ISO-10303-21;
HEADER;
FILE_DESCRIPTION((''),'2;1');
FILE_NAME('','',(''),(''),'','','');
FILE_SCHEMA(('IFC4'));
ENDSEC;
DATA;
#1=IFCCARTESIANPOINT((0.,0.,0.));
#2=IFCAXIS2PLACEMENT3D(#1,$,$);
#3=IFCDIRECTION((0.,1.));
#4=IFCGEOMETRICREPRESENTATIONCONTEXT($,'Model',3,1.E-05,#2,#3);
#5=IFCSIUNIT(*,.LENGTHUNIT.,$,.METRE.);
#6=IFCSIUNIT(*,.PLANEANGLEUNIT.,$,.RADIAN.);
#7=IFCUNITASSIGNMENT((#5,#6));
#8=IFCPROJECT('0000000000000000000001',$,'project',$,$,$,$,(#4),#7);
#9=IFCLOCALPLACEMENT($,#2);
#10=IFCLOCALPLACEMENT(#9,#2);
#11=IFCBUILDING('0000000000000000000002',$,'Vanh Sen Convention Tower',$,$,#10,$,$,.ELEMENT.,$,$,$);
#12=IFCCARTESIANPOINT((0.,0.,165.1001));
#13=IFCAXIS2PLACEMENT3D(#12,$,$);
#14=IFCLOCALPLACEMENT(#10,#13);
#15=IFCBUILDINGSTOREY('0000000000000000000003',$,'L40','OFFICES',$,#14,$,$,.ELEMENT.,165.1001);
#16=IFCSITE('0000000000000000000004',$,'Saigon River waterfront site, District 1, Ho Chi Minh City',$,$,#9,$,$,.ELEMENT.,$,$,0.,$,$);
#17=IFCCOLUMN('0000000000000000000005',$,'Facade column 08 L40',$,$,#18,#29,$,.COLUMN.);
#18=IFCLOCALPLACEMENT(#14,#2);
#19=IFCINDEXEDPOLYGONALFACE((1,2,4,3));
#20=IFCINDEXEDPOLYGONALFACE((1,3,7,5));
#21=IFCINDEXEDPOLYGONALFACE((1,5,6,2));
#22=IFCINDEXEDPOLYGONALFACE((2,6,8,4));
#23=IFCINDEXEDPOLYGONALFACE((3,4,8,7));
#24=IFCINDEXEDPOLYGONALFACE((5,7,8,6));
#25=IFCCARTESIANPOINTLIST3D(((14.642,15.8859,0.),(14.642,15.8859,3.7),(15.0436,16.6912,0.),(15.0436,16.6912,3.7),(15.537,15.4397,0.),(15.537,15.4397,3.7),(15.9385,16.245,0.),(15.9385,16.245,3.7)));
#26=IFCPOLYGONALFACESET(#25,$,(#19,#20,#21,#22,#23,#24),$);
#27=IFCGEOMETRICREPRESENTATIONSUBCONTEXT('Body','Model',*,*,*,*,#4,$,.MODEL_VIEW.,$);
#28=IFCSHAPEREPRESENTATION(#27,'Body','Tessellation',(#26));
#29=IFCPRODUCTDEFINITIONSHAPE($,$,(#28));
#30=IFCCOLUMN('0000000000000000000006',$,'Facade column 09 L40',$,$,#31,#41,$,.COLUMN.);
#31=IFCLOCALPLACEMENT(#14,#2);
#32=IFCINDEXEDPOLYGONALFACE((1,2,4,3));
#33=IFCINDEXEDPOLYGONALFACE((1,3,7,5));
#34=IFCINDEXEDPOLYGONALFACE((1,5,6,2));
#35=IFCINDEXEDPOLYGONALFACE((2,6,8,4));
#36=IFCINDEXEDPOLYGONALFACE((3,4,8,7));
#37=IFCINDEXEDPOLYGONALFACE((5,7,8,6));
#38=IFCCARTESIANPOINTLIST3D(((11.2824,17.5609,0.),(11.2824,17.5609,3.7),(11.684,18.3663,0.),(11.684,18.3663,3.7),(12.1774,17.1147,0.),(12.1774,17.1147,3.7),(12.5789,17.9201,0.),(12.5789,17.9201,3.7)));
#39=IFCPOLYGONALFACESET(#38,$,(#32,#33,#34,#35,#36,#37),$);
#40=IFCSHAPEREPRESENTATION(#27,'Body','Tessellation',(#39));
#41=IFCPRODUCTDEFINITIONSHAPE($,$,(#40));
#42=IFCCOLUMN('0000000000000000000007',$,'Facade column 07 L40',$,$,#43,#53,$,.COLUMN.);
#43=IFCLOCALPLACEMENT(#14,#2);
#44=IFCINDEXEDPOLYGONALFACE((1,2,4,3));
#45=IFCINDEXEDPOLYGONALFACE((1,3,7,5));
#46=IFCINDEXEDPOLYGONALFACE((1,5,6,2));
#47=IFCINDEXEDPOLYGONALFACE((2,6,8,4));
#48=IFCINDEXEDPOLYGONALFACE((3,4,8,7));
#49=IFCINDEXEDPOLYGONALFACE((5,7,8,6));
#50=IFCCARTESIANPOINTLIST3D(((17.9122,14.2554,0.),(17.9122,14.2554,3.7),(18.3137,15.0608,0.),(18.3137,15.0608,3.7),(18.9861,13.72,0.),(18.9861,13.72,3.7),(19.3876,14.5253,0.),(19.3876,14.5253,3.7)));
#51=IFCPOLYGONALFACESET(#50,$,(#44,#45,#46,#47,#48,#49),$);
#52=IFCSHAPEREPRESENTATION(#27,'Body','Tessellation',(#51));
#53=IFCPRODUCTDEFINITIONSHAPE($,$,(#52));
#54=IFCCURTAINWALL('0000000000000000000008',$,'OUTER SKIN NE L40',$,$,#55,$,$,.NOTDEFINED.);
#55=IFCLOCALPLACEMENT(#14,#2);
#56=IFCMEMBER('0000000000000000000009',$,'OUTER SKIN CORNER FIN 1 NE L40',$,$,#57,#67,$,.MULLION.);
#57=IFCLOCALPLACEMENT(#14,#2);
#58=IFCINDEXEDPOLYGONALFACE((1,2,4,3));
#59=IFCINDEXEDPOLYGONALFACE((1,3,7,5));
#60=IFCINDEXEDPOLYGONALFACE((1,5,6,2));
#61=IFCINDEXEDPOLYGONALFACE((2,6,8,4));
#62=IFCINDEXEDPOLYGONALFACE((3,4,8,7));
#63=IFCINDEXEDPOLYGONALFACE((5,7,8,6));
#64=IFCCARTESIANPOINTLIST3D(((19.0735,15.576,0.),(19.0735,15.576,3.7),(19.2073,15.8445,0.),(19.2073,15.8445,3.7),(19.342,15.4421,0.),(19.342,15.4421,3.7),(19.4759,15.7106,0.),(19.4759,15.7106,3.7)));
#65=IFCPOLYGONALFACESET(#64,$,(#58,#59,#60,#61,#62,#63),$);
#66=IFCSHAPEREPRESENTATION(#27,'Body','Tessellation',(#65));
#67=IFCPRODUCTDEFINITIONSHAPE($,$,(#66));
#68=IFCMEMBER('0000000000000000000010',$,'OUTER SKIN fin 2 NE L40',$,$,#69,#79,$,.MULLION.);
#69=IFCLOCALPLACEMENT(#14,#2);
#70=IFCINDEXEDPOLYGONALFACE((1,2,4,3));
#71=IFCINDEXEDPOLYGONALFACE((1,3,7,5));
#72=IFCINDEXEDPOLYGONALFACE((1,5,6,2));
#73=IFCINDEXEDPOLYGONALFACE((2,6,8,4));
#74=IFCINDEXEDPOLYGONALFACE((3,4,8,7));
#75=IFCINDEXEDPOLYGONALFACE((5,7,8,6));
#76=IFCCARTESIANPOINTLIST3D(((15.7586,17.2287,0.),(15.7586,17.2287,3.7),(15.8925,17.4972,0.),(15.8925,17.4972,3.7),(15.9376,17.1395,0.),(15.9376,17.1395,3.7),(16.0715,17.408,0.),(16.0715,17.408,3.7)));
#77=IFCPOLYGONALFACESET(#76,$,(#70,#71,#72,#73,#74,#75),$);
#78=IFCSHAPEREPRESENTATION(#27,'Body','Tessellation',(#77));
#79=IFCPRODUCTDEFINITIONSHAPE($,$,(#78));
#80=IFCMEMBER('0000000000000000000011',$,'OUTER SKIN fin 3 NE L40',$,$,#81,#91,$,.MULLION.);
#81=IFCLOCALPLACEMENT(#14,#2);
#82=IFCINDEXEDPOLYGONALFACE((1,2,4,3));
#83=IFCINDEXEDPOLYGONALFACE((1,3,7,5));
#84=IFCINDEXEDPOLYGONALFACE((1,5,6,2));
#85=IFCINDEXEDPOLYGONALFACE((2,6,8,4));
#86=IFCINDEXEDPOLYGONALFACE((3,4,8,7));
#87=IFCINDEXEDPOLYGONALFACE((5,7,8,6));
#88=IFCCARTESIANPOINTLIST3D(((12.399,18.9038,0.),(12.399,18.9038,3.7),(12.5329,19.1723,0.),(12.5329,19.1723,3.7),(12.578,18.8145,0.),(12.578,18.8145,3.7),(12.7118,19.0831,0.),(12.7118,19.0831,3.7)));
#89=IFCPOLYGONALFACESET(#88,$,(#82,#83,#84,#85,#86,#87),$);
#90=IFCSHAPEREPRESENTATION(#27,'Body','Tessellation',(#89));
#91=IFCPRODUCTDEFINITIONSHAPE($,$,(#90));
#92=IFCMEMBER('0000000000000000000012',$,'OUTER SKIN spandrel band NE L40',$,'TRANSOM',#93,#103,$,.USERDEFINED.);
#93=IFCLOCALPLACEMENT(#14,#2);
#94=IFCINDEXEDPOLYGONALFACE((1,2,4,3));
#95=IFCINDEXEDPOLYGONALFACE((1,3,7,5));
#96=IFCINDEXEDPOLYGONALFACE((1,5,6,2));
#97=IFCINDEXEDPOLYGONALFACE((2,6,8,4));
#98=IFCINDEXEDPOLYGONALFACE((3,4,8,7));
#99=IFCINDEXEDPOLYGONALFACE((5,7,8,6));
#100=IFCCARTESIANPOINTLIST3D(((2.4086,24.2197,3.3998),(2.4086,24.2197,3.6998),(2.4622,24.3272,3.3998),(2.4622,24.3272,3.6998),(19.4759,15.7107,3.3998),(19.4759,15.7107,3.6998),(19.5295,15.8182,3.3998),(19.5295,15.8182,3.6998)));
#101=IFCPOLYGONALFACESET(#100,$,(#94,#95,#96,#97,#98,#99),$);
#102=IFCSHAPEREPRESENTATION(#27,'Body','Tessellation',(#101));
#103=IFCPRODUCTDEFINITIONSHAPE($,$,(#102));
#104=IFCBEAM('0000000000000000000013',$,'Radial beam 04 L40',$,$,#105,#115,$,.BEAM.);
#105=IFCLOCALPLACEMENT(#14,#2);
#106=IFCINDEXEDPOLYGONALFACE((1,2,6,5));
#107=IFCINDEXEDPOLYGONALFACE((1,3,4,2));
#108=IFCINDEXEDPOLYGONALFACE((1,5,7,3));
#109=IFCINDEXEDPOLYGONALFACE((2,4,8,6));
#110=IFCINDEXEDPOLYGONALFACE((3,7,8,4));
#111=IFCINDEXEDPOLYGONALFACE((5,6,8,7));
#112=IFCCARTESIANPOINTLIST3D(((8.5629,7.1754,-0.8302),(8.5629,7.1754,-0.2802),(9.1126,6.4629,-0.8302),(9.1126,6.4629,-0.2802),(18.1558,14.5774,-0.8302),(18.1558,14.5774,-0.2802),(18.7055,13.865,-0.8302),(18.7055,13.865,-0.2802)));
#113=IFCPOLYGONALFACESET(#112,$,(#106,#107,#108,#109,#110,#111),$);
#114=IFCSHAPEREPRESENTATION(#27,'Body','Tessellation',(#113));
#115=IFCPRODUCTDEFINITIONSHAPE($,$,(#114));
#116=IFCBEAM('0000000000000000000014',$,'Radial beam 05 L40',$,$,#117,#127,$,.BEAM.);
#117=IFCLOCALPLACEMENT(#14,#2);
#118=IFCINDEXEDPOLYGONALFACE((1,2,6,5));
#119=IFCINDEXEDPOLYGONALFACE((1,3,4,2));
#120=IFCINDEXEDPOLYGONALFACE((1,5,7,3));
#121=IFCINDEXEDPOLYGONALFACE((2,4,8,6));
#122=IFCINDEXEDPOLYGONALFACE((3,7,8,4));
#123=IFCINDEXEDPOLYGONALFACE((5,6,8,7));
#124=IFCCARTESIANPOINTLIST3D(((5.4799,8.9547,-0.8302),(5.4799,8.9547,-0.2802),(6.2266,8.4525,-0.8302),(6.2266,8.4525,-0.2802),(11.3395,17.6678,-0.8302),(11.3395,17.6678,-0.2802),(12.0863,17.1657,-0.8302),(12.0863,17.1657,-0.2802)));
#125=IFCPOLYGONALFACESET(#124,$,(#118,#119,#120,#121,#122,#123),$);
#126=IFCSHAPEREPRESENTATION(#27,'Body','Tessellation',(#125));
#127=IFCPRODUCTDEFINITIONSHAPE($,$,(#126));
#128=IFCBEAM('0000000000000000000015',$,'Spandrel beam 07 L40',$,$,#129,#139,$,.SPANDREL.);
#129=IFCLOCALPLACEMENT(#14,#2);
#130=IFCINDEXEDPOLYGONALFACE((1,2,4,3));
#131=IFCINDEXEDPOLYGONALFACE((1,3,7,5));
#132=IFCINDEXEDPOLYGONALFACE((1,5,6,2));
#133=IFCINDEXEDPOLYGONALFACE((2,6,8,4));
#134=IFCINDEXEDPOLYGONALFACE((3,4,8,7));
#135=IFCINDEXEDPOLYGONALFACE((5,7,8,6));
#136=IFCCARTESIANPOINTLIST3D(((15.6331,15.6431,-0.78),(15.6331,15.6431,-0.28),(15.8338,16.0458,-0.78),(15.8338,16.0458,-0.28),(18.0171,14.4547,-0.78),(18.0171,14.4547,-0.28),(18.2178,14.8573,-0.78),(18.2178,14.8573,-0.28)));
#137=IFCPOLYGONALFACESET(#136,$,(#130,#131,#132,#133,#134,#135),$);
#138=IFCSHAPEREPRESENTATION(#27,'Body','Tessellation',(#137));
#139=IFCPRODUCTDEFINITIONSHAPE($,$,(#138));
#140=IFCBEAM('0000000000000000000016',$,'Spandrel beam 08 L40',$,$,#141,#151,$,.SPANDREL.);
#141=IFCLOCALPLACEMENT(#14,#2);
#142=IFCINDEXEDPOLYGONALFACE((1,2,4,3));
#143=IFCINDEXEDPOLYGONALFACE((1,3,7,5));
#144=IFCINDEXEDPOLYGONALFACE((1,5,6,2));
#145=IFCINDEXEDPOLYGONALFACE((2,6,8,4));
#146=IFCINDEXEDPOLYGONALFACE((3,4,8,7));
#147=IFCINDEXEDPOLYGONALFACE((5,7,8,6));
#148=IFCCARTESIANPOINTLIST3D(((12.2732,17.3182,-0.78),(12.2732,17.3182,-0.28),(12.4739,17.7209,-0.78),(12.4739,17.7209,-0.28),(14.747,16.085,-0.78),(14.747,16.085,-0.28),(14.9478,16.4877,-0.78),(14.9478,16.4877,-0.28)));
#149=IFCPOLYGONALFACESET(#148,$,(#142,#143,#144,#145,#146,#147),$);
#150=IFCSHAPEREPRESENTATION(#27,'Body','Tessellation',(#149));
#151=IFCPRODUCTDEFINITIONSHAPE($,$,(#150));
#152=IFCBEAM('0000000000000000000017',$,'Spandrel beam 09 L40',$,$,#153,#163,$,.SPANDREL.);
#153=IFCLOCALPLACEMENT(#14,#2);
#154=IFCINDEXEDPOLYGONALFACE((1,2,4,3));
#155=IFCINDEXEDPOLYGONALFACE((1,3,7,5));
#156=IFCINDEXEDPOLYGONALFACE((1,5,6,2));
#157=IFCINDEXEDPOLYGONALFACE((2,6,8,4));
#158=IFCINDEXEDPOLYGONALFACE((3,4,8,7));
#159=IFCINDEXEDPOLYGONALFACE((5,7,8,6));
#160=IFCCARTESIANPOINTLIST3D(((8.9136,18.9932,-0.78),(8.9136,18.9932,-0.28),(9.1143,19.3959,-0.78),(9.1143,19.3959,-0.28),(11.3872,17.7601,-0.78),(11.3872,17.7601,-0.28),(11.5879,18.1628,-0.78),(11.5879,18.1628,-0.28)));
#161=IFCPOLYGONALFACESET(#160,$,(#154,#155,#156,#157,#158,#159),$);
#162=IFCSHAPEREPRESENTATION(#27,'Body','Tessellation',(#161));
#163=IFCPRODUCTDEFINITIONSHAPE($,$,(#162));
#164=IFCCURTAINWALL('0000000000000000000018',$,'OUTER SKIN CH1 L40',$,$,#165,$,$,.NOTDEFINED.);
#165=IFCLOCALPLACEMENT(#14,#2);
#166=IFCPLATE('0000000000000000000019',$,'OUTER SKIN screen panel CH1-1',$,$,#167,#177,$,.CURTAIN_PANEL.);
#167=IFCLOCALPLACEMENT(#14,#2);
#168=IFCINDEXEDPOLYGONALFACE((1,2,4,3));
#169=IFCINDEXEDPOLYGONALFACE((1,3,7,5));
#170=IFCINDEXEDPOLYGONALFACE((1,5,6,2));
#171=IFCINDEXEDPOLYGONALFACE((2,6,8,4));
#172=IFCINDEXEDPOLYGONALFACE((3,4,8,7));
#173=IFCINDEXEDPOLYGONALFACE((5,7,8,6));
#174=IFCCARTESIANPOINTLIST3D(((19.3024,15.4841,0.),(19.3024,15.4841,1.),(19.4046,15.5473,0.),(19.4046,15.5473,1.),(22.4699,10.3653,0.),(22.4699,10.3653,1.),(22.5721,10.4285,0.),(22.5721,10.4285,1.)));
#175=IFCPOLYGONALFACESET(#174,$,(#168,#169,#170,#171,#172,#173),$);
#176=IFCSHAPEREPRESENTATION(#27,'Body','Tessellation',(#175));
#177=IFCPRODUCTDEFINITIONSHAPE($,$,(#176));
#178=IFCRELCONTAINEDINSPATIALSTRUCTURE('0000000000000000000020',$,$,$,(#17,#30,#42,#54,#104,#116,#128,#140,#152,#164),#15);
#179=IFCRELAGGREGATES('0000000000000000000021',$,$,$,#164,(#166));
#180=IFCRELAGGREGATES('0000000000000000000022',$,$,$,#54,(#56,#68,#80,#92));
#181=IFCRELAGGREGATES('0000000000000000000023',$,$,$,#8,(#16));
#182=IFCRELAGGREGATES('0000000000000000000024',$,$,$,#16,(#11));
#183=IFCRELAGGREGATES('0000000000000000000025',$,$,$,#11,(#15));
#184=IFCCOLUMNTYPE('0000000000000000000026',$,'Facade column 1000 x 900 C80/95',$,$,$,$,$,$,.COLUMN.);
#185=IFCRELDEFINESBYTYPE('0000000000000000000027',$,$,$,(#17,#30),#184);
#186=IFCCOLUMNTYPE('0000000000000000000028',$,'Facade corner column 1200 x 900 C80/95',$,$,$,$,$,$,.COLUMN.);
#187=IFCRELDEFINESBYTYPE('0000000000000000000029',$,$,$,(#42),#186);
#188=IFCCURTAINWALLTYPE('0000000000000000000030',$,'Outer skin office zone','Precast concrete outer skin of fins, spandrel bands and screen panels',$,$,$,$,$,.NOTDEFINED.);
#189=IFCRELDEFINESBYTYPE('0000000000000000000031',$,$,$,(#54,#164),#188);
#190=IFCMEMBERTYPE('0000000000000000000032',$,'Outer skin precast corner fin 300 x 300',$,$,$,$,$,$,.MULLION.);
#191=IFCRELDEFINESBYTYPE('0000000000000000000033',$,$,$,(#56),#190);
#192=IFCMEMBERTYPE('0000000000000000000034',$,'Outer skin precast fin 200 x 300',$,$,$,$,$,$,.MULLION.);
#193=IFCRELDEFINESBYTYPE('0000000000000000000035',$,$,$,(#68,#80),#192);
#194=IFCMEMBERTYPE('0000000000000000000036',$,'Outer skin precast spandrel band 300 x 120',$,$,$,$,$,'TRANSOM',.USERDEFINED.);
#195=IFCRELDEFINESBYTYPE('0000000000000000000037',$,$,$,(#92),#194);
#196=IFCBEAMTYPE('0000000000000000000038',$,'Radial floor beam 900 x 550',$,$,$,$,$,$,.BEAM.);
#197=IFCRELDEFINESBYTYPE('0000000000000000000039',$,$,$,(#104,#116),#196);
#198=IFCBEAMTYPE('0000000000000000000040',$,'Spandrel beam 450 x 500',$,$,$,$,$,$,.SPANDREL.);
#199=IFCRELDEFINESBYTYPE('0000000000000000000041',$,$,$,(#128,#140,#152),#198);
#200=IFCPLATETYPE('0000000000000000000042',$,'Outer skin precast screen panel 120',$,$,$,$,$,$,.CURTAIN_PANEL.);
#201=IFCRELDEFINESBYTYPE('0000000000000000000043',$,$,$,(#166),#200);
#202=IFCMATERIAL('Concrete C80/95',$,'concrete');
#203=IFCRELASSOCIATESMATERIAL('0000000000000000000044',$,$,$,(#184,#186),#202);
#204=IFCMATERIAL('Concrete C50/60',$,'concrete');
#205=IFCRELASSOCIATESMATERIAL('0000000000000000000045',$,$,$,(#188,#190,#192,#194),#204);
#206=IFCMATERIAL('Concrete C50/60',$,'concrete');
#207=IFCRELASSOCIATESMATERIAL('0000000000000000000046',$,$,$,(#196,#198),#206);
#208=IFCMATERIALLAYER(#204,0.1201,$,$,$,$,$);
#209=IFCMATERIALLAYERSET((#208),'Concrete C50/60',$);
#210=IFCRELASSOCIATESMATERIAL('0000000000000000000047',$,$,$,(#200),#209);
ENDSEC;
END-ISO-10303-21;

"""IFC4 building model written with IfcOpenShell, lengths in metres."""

from ifc_helpers import new_model, si_unit, direction, frame, origin, origin_2d, place, context, subcontext, project, spatial, rectangle, extrude, material, layer, layer_set, material_profile, profile_set, type_object, element, aggregate, save


model = new_model("IFC4")

# Units and contexts
model_context = context("Model", 3, precision=1e-05, world=origin(), true_north=direction((0.0, 1.0)))
body_context = subcontext(model_context, "Body", "Model", "MODEL_VIEW")
ifc_project = project(units=[si_unit("LENGTHUNIT", "METRE"), si_unit("PLANEANGLEUNIT", "RADIAN")], contexts=[model_context])

# Site, building, storey
site_placement = place(None, origin())
site = spatial("IfcSite", under=ifc_project, at=site_placement, Name="Saigon River waterfront site, District 1, Ho Chi Minh City", CompositionType="ELEMENT", RefElevation=0.0)
building_placement = place(site_placement, origin())
building = spatial("IfcBuilding", under=site, at=building_placement, Name="Vanh Sen Convention Tower", CompositionType="ELEMENT")
storey_placement = place(building_placement, frame((0.0, 0.0, 165.1001)))
storey = spatial("IfcBuildingStorey", under=building, at=storey_placement, Name="L40", Description="OFFICES", CompositionType="ELEMENT", Elevation=165.1001)

# Columns
ifc_material_1 = material(Name="Concrete C80/95", Category="concrete")
ifc_material_profile_1 = material_profile(ifc_material_1, rectangle(XDim=1.0, YDim=0.8999, at=origin_2d()), Name="RC 1000X900")
ifc_profile_set_1 = profile_set([ifc_material_profile_1], Name="Concrete C80/95")
column_type_1 = type_object("IfcColumnType", Name="Facade column 1000 x 900 C80/95", PredefinedType="COLUMN", material=ifc_profile_set_1)
for number, where, z_axis, x_axis, name in (
    (1, (15.2903, 16.0654, 0.0), (0.0, 0.0, 1.0), (-0.894934, 0.446198, 0.0), "Facade column 08 L40"),
    (2, (11.9307, 17.7405, 0.0), (0.0, 0.0, 1.0), (-0.894934, 0.446198, 0.0), "Facade column 09 L40"),
):
    element("IfcColumn", number, at=place(storey_placement, frame(where, z_axis=z_axis, x_axis=x_axis)), inside=storey, type_object=column_type_1, Name=name, PredefinedType="COLUMN", context=body_context, shape_type="SweptSolid", body=[
        extrude(rectangle(XDim=1.0, YDim=0.8999, at=origin_2d()), origin(), (0.0, 0.0, 1.0), 3.7),
    ])
ifc_material_profile_2 = material_profile(ifc_material_1, rectangle(XDim=1.2, YDim=0.8999, at=origin_2d()), Name="RC 1200X900")
ifc_profile_set_2 = profile_set([ifc_material_profile_2], Name="Concrete C80/95")
column_type_2 = type_object("IfcColumnType", Name="Facade corner column 1200 x 900 C80/95", PredefinedType="COLUMN", material=ifc_profile_set_2)
column_placement = place(storey_placement, frame((18.6499, 14.3904, 0.0), z_axis=(0.0, 0.0, 1.0), x_axis=(-0.894934, 0.446198, 0.0)))
element("IfcColumn", 3, at=column_placement, inside=storey, type_object=column_type_2, Name="Facade column 07 L40", PredefinedType="COLUMN", context=body_context, shape_type="SweptSolid", body=[
    extrude(rectangle(XDim=1.2, YDim=0.8999, at=origin_2d()), origin(), (0.0, 0.0, 1.0), 3.7),
])

# Curtain wall, members
ifc_material_2 = material(Name="Concrete C50/60", Category="concrete")
curtain_wall_type = type_object("IfcCurtainWallType", Name="Outer skin office zone", Description="Precast concrete outer skin of fins, spandrel bands and screen panels", PredefinedType="NOTDEFINED", material=ifc_material_2)
curtain_wall_1_placement = place(storey_placement, origin())
curtain_wall_1 = element("IfcCurtainWall", 4, at=curtain_wall_1_placement, inside=storey, type_object=curtain_wall_type, Name="OUTER SKIN NE L40", PredefinedType="NOTDEFINED")
ifc_material_profile_3 = material_profile(ifc_material_2, rectangle(XDim=0.3, YDim=0.3, at=origin_2d()), Name="Outer skin precast corner fin 300 x 300")
ifc_profile_set_3 = profile_set([ifc_material_profile_3], Name="Concrete C50/60")
member_type_1 = type_object("IfcMemberType", Name="Outer skin precast corner fin 300 x 300", PredefinedType="MULLION", material=ifc_profile_set_3)
member_1_placement = place(storey_placement, frame((19.2747, 15.6433, 0.0), z_axis=(0.0, 0.0, 1.0), x_axis=(-0.894934, 0.446198, 0.0)))
member_1 = element("IfcMember", 5, at=member_1_placement, type_object=member_type_1, Name="OUTER SKIN CORNER FIN 1 NE L40", PredefinedType="MULLION", context=body_context, shape_type="SweptSolid", body=[
    extrude(rectangle(XDim=0.3, YDim=0.3, at=origin_2d()), origin(), (0.0, 0.0, 1.0), 3.7),
])
ifc_material_profile_4 = material_profile(ifc_material_2, rectangle(XDim=0.2, YDim=0.3, at=origin_2d()), Name="Outer skin precast fin 200 x 300")
ifc_profile_set_4 = profile_set([ifc_material_profile_4], Name="Concrete C50/60")
member_type_2 = type_object("IfcMemberType", Name="Outer skin precast fin 200 x 300", PredefinedType="MULLION", material=ifc_profile_set_4)
member_2_placement = place(storey_placement, frame((15.915, 17.3184, 0.0), z_axis=(0.0, 0.0, 1.0), x_axis=(-0.894934, 0.446198, 0.0)))
member_2 = element("IfcMember", 6, at=member_2_placement, type_object=member_type_2, Name="OUTER SKIN fin 2 NE L40", PredefinedType="MULLION", context=body_context, shape_type="SweptSolid", body=[
    extrude(rectangle(XDim=0.2, YDim=0.3, at=origin_2d()), origin(), (0.0, 0.0, 1.0), 3.7),
])
member_3_placement = place(storey_placement, frame((12.5554, 18.9934, 0.0), z_axis=(0.0, 0.0, 1.0), x_axis=(-0.894934, 0.446198, 0.0)))
member_3 = element("IfcMember", 7, at=member_3_placement, type_object=member_type_2, Name="OUTER SKIN fin 3 NE L40", PredefinedType="MULLION", context=body_context, shape_type="SweptSolid", body=[
    extrude(rectangle(XDim=0.2, YDim=0.3, at=origin_2d()), origin(), (0.0, 0.0, 1.0), 3.7),
])
ifc_material_profile_5 = material_profile(ifc_material_2, rectangle(XDim=0.1201, YDim=0.3, at=origin_2d()), Name="Outer skin precast spandrel band 300 x 120")
ifc_profile_set_5 = profile_set([ifc_material_profile_5], Name="Concrete C50/60")
member_type_3 = type_object("IfcMemberType", Name="Outer skin precast spandrel band 300 x 120", ElementType="TRANSOM", PredefinedType="USERDEFINED", material=ifc_profile_set_5)
member_4_placement = place(storey_placement, frame((19.5027, 15.7644, 3.5498), z_axis=(-0.894941, 0.446184, 0.0), x_axis=(-0.446184, -0.894941, 0.0)))
member_4 = element("IfcMember", 8, at=member_4_placement, type_object=member_type_3, Name="OUTER SKIN spandrel band NE L40", ObjectType="TRANSOM", PredefinedType="USERDEFINED", context=body_context, shape_type="SweptSolid", body=[
    extrude(rectangle(XDim=0.1201, YDim=0.3, at=origin_2d()), origin(), (0.0, 0.0, 1.0), 19.0708),
])

# Beams
ifc_material_3 = material(Name="Concrete C50/60", Category="concrete")
ifc_material_profile_6 = material_profile(ifc_material_3, rectangle(XDim=0.8999, YDim=0.55, at=origin_2d()), Name="RC 900X550")
ifc_profile_set_6 = profile_set([ifc_material_profile_6], Name="Concrete C50/60")
beam_type_1 = type_object("IfcBeamType", Name="Radial floor beam 900 x 550", PredefinedType="BEAM", material=ifc_profile_set_6)
beam_1_placement = place(storey_placement, frame((18.4307, 14.2212, -0.5552), z_axis=(-0.791712, -0.610895, 0.0), x_axis=(0.610895, -0.791712, 0.0)))
element("IfcBeam", 9, at=beam_1_placement, inside=storey, type_object=beam_type_1, Name="Radial beam 04 L40", PredefinedType="BEAM", context=body_context, shape_type="SweptSolid", body=[
    extrude(rectangle(XDim=0.8999, YDim=0.55, at=origin_2d()), origin(), (0.0, 0.0, 1.0), 12.1167),
])
beam_2_placement = place(storey_placement, frame((11.7129, 17.4167, -0.5552), z_axis=(-0.558049, -0.829808, 0.0), x_axis=(0.829808, -0.558049, 0.0)))
element("IfcBeam", 10, at=beam_2_placement, inside=storey, type_object=beam_type_1, Name="Radial beam 05 L40", PredefinedType="BEAM", context=body_context, shape_type="SweptSolid", body=[
    extrude(rectangle(XDim=0.8999, YDim=0.55, at=origin_2d()), origin(), (0.0, 0.0, 1.0), 10.5002),
])
ifc_material_profile_7 = material_profile(ifc_material_3, rectangle(XDim=0.45, YDim=0.5, at=origin_2d()), Name="RC 450X500")
ifc_profile_set_7 = profile_set([ifc_material_profile_7], Name="Concrete C50/60")
beam_type_2 = type_object("IfcBeamType", Name="Spandrel beam 450 x 500", PredefinedType="SPANDREL", material=ifc_profile_set_7)
beam_3_placement = place(storey_placement, frame((18.1174, 14.656, -0.53), z_axis=(-0.894958, 0.44615, 0.0), x_axis=(-0.44615, -0.894958, 0.0)))
element("IfcBeam", 11, at=beam_3_placement, inside=storey, type_object=beam_type_2, Name="Spandrel beam 07 L40", PredefinedType="SPANDREL", context=body_context, shape_type="SweptSolid", body=[
    extrude(rectangle(XDim=0.45, YDim=0.5, at=origin_2d()), origin(), (0.0, 0.0, 1.0), 2.6638),
])
beam_4_placement = place(storey_placement, frame((14.8474, 16.2864, -0.53), z_axis=(-0.894974, 0.446118, 0.0), x_axis=(-0.446118, -0.894974, 0.0)))
element("IfcBeam", 12, at=beam_4_placement, inside=storey, type_object=beam_type_2, Name="Spandrel beam 08 L40", PredefinedType="SPANDREL", context=body_context, shape_type="SweptSolid", body=[
    extrude(rectangle(XDim=0.45, YDim=0.5, at=origin_2d()), origin(), (0.0, 0.0, 1.0), 2.7642),
])
beam_5_placement = place(storey_placement, frame((11.4875, 17.9614, -0.53), z_axis=(-0.894957, 0.446153, 0.0), x_axis=(-0.446153, -0.894957, 0.0)))
element("IfcBeam", 13, at=beam_5_placement, inside=storey, type_object=beam_type_2, Name="Spandrel beam 09 L40", PredefinedType="SPANDREL", context=body_context, shape_type="SweptSolid", body=[
    extrude(rectangle(XDim=0.45, YDim=0.5, at=origin_2d()), origin(), (0.0, 0.0, 1.0), 2.7639),
])

# Curtain wall, plate
curtain_wall_2_placement = place(storey_placement, origin())
curtain_wall_2 = element("IfcCurtainWall", 14, at=curtain_wall_2_placement, inside=storey, type_object=curtain_wall_type, Name="OUTER SKIN CH1 L40", PredefinedType="NOTDEFINED")
ifc_layer_1 = layer(ifc_material_2, 0.1201)
ifc_layer_set_1 = layer_set([ifc_layer_1], Name="Concrete C50/60")
plate_type = type_object("IfcPlateType", Name="Outer skin precast screen panel 120", PredefinedType="CURTAIN_PANEL", material=ifc_layer_set_1)
plate_1_placement = place(storey_placement, frame((20.9373, 12.9563, 0.0), z_axis=(0.0, 0.0, 1.0), x_axis=(-0.526204, 0.850359, 0.0)))
plate_1 = element("IfcPlate", 15, at=plate_1_placement, type_object=plate_type, Name="OUTER SKIN screen panel CH1-1", PredefinedType="CURTAIN_PANEL", context=body_context, shape_type="SweptSolid", body=[
    extrude(rectangle(XDim=6.0195, YDim=0.1201, at=origin_2d()), origin(), (0.0, 0.0, 1.0), 1.0),
])
aggregate(curtain_wall_2, [plate_1])

aggregate(curtain_wall_1, [member_1, member_2, member_3, member_4])

save(model, "model.ifc")
